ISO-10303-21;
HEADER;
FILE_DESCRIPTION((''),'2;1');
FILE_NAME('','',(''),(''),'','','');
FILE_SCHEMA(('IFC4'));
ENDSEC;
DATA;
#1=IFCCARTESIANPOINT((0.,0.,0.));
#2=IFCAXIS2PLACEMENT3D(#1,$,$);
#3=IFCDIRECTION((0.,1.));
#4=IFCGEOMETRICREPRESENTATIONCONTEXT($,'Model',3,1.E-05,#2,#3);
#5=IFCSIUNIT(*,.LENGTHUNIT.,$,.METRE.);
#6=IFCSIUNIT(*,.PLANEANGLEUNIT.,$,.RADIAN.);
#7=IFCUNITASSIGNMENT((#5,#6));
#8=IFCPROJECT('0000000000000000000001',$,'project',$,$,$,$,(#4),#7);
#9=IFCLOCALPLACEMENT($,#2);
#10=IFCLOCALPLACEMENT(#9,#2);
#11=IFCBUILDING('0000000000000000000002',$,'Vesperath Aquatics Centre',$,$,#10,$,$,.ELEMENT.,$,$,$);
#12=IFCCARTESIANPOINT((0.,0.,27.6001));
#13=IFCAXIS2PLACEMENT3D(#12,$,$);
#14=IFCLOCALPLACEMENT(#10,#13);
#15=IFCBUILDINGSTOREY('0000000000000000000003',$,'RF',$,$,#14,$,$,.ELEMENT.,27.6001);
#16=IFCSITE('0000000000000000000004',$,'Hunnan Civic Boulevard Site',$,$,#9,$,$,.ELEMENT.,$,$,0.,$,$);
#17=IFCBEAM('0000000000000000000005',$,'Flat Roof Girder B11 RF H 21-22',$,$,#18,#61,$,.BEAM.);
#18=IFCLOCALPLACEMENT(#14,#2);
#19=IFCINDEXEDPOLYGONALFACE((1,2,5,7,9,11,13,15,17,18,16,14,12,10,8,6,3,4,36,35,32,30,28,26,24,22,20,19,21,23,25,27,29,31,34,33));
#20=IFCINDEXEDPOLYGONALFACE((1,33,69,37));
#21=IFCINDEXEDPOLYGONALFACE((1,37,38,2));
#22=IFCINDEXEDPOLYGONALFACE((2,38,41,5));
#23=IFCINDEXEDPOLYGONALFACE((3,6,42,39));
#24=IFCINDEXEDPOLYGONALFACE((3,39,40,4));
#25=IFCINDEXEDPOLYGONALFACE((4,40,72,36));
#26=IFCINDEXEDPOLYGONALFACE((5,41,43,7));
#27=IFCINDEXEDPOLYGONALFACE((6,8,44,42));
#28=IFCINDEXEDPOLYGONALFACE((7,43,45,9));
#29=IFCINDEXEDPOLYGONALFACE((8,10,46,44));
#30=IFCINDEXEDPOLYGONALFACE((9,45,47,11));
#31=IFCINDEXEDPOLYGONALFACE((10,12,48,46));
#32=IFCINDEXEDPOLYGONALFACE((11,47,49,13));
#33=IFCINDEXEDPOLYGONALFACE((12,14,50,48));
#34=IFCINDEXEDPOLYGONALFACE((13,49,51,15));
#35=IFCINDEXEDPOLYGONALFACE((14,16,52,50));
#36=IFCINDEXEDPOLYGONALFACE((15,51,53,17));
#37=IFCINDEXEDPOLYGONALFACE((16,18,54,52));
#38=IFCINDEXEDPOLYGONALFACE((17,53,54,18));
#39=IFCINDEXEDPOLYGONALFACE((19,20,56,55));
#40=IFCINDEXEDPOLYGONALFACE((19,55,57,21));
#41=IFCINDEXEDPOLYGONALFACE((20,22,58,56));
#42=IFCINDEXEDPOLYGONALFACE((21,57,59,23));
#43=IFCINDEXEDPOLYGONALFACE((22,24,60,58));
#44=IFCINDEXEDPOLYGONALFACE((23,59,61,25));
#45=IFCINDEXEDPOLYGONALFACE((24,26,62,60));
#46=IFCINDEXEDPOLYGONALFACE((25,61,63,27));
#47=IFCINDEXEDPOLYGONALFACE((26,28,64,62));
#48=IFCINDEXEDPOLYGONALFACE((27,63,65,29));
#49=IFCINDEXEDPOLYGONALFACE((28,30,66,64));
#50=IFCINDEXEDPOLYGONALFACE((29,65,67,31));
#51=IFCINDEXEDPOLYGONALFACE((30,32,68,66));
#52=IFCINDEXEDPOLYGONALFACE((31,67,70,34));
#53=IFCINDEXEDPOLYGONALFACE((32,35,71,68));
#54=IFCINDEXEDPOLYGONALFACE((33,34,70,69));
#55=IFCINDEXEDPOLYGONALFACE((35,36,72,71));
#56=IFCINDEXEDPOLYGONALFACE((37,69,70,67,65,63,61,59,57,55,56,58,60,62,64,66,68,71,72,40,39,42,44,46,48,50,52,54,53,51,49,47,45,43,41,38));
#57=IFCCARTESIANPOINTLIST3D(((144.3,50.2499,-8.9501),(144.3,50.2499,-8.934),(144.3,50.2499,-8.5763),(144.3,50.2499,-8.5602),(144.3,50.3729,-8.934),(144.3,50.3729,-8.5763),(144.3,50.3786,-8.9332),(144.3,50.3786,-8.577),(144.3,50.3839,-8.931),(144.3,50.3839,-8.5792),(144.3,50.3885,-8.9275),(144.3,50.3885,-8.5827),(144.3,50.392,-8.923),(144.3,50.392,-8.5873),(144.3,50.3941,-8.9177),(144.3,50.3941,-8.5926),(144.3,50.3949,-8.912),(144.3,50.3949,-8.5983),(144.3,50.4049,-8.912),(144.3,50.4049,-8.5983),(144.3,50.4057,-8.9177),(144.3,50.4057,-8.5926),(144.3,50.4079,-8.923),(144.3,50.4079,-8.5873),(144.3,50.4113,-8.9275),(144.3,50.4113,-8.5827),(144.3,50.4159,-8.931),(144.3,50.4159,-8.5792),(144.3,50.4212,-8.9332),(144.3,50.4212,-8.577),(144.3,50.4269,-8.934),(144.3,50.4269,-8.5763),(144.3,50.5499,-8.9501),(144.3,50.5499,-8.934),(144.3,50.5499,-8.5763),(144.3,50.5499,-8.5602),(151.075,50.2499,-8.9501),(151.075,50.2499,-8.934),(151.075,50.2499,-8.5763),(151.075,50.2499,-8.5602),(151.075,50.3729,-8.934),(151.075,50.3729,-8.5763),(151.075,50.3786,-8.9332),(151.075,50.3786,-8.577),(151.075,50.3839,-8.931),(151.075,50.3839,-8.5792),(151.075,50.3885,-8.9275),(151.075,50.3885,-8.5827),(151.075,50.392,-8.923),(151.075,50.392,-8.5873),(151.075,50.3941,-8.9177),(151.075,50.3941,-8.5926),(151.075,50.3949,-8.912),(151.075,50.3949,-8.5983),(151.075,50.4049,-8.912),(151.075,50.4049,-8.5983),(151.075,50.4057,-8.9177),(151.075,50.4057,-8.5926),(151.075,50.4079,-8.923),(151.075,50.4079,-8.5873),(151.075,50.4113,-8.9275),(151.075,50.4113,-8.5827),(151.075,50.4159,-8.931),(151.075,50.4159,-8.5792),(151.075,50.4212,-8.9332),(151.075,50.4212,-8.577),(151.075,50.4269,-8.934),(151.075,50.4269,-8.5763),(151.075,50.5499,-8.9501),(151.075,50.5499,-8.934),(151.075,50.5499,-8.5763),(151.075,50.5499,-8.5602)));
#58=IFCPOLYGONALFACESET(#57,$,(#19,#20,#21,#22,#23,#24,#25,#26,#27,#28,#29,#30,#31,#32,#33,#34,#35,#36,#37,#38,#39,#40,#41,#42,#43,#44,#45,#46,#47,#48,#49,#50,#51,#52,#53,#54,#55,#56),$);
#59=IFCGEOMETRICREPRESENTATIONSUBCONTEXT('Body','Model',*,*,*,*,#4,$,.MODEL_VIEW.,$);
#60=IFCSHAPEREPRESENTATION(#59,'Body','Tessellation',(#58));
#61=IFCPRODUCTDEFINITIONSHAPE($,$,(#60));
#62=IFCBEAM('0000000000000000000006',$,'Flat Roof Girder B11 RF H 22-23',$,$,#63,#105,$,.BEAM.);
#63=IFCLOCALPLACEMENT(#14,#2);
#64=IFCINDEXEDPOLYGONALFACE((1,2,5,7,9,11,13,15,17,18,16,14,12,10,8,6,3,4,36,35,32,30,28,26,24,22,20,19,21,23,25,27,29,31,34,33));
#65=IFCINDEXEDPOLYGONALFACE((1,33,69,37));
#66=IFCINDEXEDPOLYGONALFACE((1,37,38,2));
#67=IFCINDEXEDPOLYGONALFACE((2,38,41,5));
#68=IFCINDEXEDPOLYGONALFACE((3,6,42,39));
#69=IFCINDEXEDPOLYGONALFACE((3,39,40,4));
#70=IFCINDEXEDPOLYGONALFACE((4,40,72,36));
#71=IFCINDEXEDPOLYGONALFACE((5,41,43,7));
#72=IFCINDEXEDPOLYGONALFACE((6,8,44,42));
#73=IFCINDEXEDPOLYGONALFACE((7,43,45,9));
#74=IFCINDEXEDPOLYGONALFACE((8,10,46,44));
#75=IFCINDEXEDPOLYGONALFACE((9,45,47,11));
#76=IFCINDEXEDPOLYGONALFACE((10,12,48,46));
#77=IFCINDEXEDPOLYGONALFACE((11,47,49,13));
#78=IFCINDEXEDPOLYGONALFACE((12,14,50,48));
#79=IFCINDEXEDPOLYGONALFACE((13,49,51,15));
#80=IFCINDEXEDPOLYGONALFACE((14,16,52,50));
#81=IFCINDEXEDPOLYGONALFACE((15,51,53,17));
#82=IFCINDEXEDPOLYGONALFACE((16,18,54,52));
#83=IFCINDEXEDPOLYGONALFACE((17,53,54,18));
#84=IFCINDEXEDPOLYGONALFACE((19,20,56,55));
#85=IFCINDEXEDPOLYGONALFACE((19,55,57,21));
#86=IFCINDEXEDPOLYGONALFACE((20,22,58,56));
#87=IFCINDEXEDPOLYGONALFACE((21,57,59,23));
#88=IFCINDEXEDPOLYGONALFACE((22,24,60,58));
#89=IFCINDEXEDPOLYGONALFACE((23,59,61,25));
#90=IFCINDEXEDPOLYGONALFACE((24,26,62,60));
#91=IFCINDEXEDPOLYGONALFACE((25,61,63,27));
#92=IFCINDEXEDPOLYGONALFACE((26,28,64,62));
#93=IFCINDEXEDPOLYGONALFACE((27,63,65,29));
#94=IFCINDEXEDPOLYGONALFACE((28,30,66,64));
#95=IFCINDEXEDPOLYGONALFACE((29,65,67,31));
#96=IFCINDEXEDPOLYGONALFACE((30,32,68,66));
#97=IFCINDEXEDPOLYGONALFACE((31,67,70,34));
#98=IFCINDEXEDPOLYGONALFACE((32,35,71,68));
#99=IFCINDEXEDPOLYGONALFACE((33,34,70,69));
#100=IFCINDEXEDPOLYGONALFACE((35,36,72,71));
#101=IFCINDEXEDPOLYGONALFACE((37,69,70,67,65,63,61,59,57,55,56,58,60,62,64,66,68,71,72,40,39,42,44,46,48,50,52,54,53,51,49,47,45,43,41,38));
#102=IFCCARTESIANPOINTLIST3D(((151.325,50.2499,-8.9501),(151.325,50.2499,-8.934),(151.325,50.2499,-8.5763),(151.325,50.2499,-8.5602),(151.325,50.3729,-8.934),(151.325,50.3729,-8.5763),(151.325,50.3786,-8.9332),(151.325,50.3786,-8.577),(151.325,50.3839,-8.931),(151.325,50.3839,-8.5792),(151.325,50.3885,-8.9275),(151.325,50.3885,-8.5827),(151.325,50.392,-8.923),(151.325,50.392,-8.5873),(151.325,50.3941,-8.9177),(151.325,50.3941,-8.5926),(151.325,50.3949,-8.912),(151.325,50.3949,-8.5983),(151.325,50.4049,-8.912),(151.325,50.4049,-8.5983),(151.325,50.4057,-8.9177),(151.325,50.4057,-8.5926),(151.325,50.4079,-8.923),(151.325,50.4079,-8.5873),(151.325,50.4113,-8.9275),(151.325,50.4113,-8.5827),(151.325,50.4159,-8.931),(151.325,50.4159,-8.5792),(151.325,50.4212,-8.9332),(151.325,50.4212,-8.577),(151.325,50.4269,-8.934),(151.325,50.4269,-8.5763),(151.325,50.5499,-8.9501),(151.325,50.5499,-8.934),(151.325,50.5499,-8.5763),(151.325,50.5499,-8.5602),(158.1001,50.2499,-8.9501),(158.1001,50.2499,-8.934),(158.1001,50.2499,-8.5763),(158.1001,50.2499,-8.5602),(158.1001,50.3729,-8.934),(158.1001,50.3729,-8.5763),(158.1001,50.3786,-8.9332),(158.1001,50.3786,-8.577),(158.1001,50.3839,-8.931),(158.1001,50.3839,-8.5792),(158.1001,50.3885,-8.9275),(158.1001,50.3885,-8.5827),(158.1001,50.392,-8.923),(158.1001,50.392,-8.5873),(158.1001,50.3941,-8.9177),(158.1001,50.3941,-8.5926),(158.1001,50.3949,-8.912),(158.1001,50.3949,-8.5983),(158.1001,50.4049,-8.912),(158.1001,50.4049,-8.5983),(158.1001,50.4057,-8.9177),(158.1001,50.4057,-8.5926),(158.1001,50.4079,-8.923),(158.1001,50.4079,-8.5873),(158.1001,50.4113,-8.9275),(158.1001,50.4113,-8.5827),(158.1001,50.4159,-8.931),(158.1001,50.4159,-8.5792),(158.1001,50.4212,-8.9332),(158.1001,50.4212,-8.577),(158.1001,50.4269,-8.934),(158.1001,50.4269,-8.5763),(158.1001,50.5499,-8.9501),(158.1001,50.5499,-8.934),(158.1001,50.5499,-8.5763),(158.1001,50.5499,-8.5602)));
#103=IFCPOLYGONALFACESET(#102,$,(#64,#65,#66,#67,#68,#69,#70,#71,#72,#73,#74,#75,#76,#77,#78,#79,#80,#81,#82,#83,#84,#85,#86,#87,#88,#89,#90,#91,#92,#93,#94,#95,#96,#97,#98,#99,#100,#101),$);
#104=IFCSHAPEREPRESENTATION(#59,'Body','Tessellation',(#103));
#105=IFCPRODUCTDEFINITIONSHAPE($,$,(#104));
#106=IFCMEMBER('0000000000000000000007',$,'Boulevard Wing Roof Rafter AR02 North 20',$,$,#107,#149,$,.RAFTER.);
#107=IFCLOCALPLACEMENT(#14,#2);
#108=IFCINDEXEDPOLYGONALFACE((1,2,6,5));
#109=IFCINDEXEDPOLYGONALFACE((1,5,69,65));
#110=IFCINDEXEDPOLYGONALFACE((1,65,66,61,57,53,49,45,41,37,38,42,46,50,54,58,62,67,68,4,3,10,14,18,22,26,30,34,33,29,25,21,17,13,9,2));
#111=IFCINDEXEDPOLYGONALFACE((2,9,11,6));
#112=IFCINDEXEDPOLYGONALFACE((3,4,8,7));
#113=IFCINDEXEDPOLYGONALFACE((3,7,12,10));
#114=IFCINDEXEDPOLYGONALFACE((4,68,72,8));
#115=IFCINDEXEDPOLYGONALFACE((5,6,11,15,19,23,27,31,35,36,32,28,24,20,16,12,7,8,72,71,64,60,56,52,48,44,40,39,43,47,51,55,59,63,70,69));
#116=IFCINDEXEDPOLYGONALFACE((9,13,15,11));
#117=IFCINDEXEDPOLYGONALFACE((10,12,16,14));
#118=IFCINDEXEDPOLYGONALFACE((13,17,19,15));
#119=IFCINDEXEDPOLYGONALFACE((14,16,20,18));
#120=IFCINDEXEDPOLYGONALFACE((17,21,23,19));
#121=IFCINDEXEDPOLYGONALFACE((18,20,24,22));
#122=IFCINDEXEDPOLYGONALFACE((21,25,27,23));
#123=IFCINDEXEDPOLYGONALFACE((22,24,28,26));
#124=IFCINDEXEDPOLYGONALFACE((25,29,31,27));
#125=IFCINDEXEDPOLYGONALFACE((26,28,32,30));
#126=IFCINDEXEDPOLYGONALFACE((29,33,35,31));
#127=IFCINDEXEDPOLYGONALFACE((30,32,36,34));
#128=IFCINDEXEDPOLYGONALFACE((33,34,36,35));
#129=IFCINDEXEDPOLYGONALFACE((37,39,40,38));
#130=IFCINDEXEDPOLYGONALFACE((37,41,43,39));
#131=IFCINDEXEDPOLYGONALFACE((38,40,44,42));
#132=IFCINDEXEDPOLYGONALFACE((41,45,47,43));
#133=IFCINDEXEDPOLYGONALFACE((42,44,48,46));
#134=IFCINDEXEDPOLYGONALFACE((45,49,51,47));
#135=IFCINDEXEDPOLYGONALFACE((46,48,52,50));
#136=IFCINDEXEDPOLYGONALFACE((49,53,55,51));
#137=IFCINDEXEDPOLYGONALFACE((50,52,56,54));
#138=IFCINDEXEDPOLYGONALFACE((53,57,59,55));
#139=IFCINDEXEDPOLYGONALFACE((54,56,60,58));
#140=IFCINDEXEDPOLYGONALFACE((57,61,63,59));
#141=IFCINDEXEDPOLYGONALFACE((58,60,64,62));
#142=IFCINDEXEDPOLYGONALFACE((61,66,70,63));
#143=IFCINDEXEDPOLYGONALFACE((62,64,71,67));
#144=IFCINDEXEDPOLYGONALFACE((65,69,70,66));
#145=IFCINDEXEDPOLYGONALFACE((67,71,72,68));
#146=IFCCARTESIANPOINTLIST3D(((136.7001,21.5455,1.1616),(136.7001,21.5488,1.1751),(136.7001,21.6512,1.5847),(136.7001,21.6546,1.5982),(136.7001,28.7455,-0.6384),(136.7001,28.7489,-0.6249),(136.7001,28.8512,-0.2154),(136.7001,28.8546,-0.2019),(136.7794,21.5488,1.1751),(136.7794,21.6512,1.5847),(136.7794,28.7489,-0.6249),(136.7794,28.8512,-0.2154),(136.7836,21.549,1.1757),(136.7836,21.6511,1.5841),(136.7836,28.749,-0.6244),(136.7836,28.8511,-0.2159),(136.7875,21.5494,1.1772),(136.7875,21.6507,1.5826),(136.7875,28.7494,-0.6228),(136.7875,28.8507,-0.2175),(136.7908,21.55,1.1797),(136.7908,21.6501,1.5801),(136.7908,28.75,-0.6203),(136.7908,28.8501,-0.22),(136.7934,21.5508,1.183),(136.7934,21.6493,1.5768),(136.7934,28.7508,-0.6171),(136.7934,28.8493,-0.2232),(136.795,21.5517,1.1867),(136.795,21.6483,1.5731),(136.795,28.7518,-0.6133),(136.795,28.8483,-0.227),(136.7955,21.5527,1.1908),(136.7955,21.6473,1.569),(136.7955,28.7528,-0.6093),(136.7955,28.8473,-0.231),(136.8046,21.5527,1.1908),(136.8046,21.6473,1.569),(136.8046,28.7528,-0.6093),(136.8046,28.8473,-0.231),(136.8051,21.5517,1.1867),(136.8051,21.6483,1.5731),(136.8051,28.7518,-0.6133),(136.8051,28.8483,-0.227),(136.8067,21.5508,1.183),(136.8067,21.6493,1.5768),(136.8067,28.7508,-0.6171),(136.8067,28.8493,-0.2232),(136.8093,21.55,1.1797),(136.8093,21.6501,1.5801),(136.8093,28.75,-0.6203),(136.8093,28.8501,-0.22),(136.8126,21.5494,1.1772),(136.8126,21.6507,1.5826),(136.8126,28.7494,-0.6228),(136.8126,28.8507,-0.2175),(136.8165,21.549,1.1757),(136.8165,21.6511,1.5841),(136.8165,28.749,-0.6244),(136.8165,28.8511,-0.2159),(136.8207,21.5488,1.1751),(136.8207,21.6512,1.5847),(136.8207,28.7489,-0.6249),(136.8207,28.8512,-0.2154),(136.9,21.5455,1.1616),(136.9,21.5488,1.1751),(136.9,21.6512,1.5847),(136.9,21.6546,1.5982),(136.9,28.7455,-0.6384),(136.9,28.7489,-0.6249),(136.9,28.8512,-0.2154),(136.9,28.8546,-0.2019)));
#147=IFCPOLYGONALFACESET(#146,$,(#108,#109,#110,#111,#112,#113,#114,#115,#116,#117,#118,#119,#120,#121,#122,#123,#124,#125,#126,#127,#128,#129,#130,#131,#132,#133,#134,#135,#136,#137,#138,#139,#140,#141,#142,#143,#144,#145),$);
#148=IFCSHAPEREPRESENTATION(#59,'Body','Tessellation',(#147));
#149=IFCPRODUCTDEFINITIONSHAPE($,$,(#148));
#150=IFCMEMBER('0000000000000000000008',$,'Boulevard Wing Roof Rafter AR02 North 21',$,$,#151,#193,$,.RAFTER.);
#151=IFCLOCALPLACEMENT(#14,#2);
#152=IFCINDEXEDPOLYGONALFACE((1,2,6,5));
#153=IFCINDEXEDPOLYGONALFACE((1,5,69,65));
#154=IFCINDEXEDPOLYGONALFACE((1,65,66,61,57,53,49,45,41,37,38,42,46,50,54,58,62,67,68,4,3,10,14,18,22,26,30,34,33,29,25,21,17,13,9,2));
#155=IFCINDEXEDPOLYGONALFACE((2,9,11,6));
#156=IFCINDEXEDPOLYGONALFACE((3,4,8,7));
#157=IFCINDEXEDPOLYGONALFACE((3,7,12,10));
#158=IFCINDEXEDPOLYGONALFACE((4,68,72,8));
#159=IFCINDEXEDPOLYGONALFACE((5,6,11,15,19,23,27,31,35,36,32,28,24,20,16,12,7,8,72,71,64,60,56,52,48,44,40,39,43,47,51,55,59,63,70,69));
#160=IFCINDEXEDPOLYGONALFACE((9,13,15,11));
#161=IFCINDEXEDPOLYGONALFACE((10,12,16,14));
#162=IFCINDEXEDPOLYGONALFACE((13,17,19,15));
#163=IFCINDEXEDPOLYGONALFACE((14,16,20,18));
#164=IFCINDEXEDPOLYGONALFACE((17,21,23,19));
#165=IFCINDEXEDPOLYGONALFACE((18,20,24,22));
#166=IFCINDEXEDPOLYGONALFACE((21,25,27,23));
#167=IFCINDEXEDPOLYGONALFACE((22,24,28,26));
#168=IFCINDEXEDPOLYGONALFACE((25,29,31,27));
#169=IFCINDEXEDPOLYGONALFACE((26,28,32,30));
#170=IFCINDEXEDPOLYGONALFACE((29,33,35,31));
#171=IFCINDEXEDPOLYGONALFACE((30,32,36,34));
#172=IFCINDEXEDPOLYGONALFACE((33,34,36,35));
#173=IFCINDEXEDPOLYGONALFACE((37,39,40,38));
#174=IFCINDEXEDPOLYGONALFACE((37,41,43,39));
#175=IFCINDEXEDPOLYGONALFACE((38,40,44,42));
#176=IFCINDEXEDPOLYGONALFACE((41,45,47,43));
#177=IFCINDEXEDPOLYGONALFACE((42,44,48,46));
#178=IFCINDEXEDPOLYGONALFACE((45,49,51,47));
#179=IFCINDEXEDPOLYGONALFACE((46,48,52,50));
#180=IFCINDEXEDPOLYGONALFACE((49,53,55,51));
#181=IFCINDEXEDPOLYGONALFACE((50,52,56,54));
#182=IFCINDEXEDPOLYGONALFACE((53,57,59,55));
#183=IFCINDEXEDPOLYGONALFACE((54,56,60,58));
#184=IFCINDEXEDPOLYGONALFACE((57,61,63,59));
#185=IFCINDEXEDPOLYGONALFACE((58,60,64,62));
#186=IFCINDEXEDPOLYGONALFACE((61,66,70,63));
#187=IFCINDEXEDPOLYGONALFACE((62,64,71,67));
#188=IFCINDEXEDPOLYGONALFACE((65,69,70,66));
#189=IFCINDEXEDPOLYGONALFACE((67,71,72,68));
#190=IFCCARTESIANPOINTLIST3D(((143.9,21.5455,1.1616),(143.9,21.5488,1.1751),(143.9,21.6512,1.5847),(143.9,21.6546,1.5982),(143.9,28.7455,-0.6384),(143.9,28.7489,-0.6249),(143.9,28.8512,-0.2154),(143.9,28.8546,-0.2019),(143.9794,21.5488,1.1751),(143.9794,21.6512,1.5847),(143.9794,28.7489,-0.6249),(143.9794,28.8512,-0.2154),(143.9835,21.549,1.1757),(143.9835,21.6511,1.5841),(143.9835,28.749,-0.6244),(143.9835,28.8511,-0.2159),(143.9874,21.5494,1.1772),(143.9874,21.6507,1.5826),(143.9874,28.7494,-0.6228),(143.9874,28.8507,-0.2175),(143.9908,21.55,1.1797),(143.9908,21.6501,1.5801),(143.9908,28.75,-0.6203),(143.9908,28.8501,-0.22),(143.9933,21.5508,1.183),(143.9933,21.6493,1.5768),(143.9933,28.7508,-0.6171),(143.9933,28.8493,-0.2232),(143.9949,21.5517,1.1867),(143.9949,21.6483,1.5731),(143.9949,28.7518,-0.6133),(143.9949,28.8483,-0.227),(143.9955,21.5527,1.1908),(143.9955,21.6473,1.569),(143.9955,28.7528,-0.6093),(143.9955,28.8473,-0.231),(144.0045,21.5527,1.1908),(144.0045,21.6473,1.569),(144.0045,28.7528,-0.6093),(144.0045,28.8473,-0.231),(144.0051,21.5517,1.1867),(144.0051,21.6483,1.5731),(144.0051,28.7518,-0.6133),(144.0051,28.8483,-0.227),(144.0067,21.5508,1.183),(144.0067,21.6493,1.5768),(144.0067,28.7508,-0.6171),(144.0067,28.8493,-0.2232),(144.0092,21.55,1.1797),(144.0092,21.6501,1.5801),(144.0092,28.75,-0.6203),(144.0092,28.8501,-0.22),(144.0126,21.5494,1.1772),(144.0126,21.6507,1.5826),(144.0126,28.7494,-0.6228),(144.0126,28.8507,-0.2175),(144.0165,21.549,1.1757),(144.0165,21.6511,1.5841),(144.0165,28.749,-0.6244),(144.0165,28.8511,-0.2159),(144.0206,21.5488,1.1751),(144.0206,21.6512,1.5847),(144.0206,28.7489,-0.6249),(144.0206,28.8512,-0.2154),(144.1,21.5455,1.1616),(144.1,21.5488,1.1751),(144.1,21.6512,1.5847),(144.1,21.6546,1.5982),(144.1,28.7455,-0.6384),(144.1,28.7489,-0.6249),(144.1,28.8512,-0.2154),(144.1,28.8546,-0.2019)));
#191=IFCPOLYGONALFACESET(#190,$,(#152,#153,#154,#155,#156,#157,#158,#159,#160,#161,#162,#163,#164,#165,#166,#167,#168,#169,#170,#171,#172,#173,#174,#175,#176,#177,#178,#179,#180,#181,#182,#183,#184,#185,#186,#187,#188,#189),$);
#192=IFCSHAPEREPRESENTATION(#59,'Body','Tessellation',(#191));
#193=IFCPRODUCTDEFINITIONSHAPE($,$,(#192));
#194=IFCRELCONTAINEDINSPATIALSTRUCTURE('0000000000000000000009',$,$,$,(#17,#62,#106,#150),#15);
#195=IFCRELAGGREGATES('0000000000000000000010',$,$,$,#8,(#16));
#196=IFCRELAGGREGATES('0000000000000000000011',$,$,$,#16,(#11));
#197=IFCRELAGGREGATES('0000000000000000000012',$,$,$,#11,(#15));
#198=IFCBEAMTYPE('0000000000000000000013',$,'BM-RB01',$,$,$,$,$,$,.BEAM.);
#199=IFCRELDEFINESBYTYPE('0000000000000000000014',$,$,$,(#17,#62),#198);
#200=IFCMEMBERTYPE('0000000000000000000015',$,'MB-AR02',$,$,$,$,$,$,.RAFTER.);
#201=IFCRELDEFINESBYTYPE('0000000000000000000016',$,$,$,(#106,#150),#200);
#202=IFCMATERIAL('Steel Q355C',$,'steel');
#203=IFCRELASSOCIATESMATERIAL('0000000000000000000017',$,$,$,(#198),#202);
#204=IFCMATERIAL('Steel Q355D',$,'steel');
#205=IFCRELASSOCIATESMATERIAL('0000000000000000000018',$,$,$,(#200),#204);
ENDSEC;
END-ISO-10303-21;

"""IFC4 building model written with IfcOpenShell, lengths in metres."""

from ifc_helpers import new_model, si_unit, direction, frame, origin, origin_2d, place, context, subcontext, project, spatial, i_section, extrude, material, material_profile, profile_set, type_object, element, save


model = new_model("IFC4")

# Units and contexts
model_context = context("Model", 3, precision=1e-05, world=origin(), true_north=direction((0.0, 1.0)))
body_context = subcontext(model_context, "Body", "Model", "MODEL_VIEW")
ifc_project = project(units=[si_unit("LENGTHUNIT", "METRE"), si_unit("PLANEANGLEUNIT", "RADIAN")], contexts=[model_context])

# Site, building, storey
site_placement = place(None, origin())
site = spatial("IfcSite", under=ifc_project, at=site_placement, Name="Hunnan Civic Boulevard Site", CompositionType="ELEMENT", RefElevation=0.0)
building_placement = place(site_placement, origin())
building = spatial("IfcBuilding", under=site, at=building_placement, Name="Vesperath Aquatics Centre", CompositionType="ELEMENT")
storey_placement = place(building_placement, frame((0.0, 0.0, 27.6001)))
storey = spatial("IfcBuildingStorey", under=building, at=storey_placement, Name="RF", CompositionType="ELEMENT", Elevation=27.6001)

# Beams
ifc_material_1 = material(Name="Steel Q355C", Category="steel")
ifc_material_profile_1 = material_profile(ifc_material_1, i_section(OverallWidth=0.3, OverallDepth=0.3899, WebThickness=0.01, FlangeThickness=0.0161, FilletRadius=0.022, at=origin_2d()), Name="HM 390x300x10x16")
ifc_profile_set_1 = profile_set([ifc_material_profile_1], Name="Steel Q355C")
beam_type = type_object("IfcBeamType", Name="BM-RB01", PredefinedType="BEAM", material=ifc_profile_set_1)
beam_1_placement = place(storey_placement, frame((144.3, 50.3999, -8.7551), z_axis=(1.0, 0.0, 0.0), x_axis=(0.0, 1.0, 0.0)))
element("IfcBeam", 1, at=beam_1_placement, inside=storey, type_object=beam_type, Name="Flat Roof Girder B11 RF H 21-22", PredefinedType="BEAM", context=body_context, shape_type="SweptSolid", body=[
    extrude(i_section(OverallWidth=0.3, OverallDepth=0.3899, WebThickness=0.01, FlangeThickness=0.0161, FilletRadius=0.022, at=origin_2d()), origin(), (0.0, 0.0, 1.0), 6.7749),
])
beam_2_placement = place(storey_placement, frame((151.325, 50.3999, -8.7551), z_axis=(1.0, 0.0, 0.0), x_axis=(0.0, 1.0, 0.0)))
element("IfcBeam", 2, at=beam_2_placement, inside=storey, type_object=beam_type, Name="Flat Roof Girder B11 RF H 22-23", PredefinedType="BEAM", context=body_context, shape_type="SweptSolid", body=[
    extrude(i_section(OverallWidth=0.3, OverallDepth=0.3899, WebThickness=0.01, FlangeThickness=0.0161, FilletRadius=0.022, at=origin_2d()), origin(), (0.0, 0.0, 1.0), 6.7751),
])

# Members
ifc_material_2 = material(Name="Steel Q355D", Category="steel")
ifc_material_profile_2 = material_profile(ifc_material_2, i_section(OverallWidth=0.2, OverallDepth=0.45, WebThickness=0.009, FlangeThickness=0.0139, FilletRadius=0.0161, at=origin_2d()), Name="HN 450x200x9x14")
ifc_profile_set_2 = profile_set([ifc_material_profile_2], Name="Steel Q355D")
member_type_1 = type_object("IfcMemberType", Name="MB-AR02", PredefinedType="RAFTER", material=ifc_profile_set_2)
for number, where, z_axis, x_axis, name in (
    (3, (136.8, 28.8, -0.4202), (0.0, -0.970141, 0.242543), (1.0, 0.0, 0.0), "Boulevard Wing Roof Rafter AR02 North 20"),
    (4, (144.0, 28.8, -0.4202), (0.0, -0.970141, 0.242543), (1.0, 0.0, 0.0), "Boulevard Wing Roof Rafter AR02 North 21"),
):
    element("IfcMember", number, at=place(storey_placement, frame(where, z_axis=z_axis, x_axis=x_axis)), inside=storey, type_object=member_type_1, Name=name, PredefinedType="RAFTER", context=body_context, shape_type="SweptSolid", body=[
        extrude(i_section(OverallWidth=0.2, OverallDepth=0.45, WebThickness=0.009, FlangeThickness=0.0139, FilletRadius=0.0161, at=origin_2d()), origin(), (0.0, 0.0, 1.0), 7.4216),
    ])

save(model, "model.ifc")
